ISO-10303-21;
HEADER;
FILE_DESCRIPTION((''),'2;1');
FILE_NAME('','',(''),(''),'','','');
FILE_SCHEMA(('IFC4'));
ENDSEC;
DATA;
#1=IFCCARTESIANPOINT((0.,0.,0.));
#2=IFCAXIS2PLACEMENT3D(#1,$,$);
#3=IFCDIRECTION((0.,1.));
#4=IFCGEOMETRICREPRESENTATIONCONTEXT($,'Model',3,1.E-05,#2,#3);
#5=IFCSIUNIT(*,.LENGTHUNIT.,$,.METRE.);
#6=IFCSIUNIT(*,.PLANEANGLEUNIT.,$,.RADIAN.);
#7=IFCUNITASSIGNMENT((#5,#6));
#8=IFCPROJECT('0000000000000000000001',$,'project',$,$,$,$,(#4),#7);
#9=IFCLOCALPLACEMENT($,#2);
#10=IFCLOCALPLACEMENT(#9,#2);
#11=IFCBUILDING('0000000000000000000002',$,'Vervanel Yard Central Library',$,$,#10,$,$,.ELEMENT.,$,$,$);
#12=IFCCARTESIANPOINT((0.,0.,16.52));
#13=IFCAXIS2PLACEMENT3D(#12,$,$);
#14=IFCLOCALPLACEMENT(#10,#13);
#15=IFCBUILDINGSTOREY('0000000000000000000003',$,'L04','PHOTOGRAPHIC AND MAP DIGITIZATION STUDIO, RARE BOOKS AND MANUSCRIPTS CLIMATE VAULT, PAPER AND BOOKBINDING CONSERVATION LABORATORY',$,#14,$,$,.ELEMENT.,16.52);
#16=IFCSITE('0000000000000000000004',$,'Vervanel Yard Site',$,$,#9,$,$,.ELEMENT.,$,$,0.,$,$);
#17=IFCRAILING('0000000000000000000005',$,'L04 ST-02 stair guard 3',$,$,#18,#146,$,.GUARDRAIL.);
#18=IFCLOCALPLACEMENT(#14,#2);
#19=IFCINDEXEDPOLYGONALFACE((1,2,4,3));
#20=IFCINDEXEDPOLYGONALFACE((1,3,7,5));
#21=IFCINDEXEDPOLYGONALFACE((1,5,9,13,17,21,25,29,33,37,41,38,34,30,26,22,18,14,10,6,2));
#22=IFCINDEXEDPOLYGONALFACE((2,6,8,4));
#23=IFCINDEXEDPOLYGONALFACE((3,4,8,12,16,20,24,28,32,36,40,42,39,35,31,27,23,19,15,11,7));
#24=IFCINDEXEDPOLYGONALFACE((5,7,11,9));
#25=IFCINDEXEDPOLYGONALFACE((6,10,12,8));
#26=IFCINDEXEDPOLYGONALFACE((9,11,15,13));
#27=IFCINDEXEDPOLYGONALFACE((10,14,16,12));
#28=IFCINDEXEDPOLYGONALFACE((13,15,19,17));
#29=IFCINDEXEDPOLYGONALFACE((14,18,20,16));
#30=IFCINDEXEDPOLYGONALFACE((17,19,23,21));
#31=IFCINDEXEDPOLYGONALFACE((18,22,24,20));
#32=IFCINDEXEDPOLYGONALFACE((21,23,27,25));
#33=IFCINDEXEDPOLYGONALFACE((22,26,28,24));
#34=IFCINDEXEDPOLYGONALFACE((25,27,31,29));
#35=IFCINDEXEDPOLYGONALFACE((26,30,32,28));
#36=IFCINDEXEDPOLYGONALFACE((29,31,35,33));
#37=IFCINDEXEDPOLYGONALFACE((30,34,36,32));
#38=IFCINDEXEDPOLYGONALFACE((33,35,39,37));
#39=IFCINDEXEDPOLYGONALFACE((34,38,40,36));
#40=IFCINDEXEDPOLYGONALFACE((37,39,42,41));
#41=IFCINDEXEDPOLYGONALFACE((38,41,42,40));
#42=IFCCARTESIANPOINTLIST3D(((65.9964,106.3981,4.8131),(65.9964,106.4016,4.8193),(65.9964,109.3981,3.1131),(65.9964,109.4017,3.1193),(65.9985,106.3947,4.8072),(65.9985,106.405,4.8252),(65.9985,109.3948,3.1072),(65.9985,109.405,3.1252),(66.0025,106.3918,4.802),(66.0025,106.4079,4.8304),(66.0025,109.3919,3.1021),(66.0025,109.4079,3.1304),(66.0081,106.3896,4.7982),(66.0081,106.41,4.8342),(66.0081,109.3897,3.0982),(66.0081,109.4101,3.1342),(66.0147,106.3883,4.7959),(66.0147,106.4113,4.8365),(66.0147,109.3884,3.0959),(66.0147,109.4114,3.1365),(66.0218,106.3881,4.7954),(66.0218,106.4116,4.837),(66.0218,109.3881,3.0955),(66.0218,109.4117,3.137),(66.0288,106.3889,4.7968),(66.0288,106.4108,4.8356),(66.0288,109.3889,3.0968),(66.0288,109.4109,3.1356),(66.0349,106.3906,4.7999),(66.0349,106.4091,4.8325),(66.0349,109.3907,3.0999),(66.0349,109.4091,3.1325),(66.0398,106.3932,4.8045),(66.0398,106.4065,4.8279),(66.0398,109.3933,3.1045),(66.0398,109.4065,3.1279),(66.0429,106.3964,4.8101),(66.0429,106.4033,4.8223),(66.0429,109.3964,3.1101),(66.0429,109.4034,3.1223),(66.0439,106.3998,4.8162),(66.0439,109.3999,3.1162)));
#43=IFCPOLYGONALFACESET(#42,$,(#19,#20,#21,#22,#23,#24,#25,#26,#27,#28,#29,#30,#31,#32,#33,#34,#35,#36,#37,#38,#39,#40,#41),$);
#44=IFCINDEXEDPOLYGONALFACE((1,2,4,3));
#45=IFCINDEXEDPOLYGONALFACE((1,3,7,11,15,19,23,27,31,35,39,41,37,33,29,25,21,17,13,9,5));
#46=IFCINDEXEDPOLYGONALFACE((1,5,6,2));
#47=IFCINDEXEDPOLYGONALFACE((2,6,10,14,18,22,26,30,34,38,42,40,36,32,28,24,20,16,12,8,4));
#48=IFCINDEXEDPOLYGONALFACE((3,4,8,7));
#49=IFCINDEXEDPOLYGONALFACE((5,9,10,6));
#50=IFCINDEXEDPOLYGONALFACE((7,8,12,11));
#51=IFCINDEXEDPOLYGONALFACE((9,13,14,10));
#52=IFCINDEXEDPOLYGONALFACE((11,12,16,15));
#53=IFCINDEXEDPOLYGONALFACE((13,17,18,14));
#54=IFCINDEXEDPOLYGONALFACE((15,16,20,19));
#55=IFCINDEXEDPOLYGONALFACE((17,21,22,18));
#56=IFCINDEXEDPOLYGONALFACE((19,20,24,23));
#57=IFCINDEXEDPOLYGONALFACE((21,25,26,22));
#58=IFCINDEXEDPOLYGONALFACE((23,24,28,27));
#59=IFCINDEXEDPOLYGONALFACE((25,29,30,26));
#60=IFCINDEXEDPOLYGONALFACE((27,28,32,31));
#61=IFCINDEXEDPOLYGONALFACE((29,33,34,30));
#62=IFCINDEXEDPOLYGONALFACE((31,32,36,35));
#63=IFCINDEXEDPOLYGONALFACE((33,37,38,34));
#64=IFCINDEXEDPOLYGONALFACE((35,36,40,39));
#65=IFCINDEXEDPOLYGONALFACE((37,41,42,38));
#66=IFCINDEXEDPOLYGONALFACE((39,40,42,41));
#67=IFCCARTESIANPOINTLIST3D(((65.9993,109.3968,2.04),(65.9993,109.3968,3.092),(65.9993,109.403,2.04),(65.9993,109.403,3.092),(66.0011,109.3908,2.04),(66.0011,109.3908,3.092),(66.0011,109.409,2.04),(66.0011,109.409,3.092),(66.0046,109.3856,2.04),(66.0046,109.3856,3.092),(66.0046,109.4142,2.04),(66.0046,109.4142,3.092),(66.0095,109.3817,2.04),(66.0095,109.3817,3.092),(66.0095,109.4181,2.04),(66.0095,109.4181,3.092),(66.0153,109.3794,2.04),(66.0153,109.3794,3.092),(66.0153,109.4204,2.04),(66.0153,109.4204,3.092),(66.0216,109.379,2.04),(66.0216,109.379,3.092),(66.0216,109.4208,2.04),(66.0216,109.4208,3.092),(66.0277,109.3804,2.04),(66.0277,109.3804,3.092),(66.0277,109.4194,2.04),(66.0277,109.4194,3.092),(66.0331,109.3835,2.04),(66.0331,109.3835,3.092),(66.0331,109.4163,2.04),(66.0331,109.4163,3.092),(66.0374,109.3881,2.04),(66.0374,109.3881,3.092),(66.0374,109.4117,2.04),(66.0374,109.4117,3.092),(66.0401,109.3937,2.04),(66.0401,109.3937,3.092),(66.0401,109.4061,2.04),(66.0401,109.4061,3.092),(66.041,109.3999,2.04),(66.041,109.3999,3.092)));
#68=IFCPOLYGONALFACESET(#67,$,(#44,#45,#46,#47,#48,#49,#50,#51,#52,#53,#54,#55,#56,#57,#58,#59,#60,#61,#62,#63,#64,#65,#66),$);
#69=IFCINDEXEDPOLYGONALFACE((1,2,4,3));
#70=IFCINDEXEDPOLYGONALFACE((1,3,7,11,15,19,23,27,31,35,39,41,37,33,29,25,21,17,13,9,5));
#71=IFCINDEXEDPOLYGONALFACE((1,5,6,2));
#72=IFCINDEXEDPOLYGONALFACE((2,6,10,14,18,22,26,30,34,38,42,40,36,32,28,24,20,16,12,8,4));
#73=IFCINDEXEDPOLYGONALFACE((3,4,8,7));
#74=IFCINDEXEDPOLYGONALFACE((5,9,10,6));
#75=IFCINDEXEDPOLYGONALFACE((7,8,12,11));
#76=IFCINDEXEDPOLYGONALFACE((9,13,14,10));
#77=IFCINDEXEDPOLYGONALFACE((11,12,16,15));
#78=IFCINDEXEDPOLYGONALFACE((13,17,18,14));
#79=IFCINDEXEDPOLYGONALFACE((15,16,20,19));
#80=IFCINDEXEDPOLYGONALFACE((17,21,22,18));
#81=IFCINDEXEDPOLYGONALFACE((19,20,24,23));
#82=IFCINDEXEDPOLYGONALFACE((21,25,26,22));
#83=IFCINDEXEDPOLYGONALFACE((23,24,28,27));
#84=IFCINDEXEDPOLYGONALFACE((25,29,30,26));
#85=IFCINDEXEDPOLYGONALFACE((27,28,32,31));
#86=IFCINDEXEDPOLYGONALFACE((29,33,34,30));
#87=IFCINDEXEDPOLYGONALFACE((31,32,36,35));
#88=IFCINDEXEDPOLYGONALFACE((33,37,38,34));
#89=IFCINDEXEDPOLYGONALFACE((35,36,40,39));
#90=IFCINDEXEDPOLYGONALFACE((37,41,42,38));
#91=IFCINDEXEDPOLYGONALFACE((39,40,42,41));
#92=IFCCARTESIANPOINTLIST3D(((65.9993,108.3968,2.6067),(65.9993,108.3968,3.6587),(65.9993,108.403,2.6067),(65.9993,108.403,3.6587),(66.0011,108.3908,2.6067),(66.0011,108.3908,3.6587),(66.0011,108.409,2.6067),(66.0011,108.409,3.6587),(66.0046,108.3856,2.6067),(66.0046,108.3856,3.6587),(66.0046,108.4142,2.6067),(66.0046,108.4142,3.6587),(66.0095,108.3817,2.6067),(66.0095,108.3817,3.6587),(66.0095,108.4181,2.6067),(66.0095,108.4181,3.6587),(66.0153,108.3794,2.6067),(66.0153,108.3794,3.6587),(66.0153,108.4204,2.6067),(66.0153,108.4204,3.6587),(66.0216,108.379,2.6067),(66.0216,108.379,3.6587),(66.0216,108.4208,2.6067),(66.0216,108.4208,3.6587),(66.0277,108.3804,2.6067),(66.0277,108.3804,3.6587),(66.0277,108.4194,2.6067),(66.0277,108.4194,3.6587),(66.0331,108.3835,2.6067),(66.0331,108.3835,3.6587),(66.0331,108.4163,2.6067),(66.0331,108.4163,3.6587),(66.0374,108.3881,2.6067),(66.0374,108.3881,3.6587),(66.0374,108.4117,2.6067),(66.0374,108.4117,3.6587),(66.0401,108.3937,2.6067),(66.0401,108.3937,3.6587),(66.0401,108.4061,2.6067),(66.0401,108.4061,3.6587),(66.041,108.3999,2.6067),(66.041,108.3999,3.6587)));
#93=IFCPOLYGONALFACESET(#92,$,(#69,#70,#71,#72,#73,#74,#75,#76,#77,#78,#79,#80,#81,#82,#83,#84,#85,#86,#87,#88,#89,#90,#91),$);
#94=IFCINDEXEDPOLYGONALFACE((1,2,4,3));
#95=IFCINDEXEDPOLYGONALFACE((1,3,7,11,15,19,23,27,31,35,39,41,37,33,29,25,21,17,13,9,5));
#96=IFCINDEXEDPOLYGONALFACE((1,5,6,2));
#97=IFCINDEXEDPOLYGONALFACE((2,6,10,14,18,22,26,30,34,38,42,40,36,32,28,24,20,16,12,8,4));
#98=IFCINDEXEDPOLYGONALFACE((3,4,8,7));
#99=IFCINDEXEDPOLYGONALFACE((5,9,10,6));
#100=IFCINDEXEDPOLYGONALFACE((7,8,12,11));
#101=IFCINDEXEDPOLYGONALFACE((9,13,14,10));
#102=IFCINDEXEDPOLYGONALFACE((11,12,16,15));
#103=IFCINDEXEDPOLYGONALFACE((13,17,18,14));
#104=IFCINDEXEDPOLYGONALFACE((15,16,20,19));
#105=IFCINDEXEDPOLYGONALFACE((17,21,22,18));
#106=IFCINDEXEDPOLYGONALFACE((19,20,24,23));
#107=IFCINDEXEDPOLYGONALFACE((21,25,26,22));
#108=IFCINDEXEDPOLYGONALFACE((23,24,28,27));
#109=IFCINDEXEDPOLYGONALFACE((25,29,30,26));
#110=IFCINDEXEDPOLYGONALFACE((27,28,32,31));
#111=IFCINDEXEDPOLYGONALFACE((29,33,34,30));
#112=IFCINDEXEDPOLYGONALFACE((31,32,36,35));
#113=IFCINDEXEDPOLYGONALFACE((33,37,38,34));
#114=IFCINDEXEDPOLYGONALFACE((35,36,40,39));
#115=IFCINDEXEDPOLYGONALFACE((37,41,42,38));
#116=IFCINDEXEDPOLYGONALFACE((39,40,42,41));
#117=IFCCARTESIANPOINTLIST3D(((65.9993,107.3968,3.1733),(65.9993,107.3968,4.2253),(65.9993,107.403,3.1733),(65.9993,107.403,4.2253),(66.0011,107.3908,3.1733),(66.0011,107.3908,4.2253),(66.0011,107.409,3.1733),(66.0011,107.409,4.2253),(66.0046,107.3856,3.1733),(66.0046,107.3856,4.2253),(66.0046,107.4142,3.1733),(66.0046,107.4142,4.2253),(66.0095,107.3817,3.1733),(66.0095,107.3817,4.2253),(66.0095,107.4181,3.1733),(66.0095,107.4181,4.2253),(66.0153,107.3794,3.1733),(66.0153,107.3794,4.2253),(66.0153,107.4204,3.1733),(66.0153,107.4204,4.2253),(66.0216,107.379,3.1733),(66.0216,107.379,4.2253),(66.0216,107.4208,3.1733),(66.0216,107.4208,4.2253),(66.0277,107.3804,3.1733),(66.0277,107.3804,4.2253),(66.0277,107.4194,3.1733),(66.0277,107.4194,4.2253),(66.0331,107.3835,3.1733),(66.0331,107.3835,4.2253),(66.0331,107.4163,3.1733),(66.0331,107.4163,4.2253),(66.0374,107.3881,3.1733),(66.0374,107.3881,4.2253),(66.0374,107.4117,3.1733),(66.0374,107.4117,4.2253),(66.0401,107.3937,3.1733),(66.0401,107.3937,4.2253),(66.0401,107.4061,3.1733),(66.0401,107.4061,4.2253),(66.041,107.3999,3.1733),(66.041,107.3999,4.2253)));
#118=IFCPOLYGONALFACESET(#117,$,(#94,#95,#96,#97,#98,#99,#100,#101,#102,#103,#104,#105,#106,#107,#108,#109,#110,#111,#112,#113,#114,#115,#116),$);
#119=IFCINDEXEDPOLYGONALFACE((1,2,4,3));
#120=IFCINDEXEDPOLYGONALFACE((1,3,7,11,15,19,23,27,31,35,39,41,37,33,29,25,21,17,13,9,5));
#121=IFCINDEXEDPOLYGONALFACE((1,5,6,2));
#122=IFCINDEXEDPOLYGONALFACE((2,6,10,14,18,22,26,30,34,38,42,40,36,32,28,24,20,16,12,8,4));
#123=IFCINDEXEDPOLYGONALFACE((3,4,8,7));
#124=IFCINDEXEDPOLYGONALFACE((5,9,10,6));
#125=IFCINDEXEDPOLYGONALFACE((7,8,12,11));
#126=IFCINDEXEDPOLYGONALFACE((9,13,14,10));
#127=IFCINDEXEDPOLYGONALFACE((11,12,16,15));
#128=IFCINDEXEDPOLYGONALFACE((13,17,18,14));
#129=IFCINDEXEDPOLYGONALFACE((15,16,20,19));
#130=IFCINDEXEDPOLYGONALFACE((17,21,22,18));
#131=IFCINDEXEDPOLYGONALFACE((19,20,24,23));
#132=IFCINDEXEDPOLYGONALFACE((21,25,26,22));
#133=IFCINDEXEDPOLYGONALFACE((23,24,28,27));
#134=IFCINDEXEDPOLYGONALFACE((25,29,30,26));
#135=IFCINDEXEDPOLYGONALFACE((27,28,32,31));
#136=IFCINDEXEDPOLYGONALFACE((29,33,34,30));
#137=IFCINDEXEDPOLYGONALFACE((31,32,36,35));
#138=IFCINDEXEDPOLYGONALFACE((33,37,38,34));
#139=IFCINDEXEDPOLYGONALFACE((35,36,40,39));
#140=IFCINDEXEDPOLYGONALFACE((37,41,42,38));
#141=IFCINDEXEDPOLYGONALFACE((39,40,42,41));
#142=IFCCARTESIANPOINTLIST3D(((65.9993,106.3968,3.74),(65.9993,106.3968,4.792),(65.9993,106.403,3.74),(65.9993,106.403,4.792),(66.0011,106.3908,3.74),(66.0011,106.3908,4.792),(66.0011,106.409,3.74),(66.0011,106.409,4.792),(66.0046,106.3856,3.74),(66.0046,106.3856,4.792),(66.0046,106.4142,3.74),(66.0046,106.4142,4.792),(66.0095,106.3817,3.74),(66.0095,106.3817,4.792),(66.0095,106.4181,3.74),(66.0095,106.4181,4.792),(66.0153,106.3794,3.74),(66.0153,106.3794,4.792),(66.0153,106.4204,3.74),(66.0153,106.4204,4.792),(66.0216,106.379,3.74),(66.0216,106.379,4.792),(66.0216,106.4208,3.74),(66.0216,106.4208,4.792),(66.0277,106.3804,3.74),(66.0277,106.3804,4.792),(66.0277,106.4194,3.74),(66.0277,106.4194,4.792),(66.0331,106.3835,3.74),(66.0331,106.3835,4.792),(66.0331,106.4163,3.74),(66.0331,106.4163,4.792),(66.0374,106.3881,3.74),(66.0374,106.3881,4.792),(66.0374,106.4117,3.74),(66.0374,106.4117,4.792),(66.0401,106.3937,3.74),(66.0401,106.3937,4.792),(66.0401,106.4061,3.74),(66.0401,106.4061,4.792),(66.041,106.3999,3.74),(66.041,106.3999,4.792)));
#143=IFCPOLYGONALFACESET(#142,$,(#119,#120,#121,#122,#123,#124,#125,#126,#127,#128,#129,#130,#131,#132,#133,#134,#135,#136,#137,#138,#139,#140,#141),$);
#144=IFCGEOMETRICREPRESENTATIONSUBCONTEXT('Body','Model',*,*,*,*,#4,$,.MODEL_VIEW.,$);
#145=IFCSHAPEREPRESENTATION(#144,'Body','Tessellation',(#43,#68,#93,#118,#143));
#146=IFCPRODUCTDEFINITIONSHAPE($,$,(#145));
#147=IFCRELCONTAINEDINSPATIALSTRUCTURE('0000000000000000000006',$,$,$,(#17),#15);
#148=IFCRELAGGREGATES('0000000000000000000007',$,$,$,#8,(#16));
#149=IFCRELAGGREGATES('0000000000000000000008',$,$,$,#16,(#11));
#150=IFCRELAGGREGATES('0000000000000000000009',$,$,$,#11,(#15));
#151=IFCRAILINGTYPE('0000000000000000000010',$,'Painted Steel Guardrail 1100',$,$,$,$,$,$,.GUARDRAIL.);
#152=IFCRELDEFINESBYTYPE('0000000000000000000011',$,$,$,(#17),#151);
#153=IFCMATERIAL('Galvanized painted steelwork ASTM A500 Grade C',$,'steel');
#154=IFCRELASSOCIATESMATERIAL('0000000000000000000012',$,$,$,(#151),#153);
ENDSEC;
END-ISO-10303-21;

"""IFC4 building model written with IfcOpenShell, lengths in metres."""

from ifc_helpers import new_model, si_unit, direction, frame, origin, origin_2d, place, context, subcontext, project, spatial, circle, extrude, material, type_object, element, save


model = new_model("IFC4")

# Units and contexts
model_context = context("Model", 3, precision=1e-05, world=origin(), true_north=direction((0.0, 1.0)))
body_context = subcontext(model_context, "Body", "Model", "MODEL_VIEW")
ifc_project = project(units=[si_unit("LENGTHUNIT", "METRE"), si_unit("PLANEANGLEUNIT", "RADIAN")], contexts=[model_context])

# Site, building, storey
site_placement = place(None, origin())
site = spatial("IfcSite", under=ifc_project, at=site_placement, Name="Vervanel Yard Site", CompositionType="ELEMENT", RefElevation=0.0)
building_placement = place(site_placement, origin())
building = spatial("IfcBuilding", under=site, at=building_placement, Name="Vervanel Yard Central Library", CompositionType="ELEMENT")
storey_placement = place(building_placement, frame((0.0, 0.0, 16.52)))
storey = spatial("IfcBuildingStorey", under=building, at=storey_placement, Name="L04", Description="PHOTOGRAPHIC AND MAP DIGITIZATION STUDIO, RARE BOOKS AND MANUSCRIPTS CLIMATE VAULT, PAPER AND BOOKBINDING CONSERVATION LABORATORY", CompositionType="ELEMENT", Elevation=16.52)

# Shared definitions
ifc_material_1 = material(Name="Galvanized painted steelwork ASTM A500 Grade C", Category="steel")

# Railing
railing_type_1 = type_object("IfcRailingType", Name="Painted Steel Guardrail 1100", PredefinedType="GUARDRAIL", material=ifc_material_1)
railing_1_placement = place(storey_placement, frame((66.02, 109.3999, 2.04)))
element("IfcRailing", 1, at=railing_1_placement, inside=storey, type_object=railing_type_1, Name="L04 ST-02 stair guard 3", PredefinedType="GUARDRAIL", context=body_context, shape_type="SweptSolid", body=[
    extrude(circle(Radius=0.0239, at=origin_2d()), frame((0.0, 0.0, 1.0762), z_axis=(0.0, -0.870028, 0.493002), x_axis=(1.0, 0.0, 0.0)), (0.0, 0.0, 1.0), 3.4482),
    extrude(circle(Radius=0.021, at=origin_2d()), origin(), (0.0, 0.0, 1.0), 1.052),
    extrude(circle(Radius=0.021, at=origin_2d()), frame((0.0, -1.0, 0.5667)), (0.0, 0.0, 1.0), 1.052),
    extrude(circle(Radius=0.021, at=origin_2d()), frame((0.0, -2.0, 1.1333)), (0.0, 0.0, 1.0), 1.052),
    extrude(circle(Radius=0.021, at=origin_2d()), frame((0.0, -3.0, 1.7)), (0.0, 0.0, 1.0), 1.052),
])

save(model, "model.ifc")
